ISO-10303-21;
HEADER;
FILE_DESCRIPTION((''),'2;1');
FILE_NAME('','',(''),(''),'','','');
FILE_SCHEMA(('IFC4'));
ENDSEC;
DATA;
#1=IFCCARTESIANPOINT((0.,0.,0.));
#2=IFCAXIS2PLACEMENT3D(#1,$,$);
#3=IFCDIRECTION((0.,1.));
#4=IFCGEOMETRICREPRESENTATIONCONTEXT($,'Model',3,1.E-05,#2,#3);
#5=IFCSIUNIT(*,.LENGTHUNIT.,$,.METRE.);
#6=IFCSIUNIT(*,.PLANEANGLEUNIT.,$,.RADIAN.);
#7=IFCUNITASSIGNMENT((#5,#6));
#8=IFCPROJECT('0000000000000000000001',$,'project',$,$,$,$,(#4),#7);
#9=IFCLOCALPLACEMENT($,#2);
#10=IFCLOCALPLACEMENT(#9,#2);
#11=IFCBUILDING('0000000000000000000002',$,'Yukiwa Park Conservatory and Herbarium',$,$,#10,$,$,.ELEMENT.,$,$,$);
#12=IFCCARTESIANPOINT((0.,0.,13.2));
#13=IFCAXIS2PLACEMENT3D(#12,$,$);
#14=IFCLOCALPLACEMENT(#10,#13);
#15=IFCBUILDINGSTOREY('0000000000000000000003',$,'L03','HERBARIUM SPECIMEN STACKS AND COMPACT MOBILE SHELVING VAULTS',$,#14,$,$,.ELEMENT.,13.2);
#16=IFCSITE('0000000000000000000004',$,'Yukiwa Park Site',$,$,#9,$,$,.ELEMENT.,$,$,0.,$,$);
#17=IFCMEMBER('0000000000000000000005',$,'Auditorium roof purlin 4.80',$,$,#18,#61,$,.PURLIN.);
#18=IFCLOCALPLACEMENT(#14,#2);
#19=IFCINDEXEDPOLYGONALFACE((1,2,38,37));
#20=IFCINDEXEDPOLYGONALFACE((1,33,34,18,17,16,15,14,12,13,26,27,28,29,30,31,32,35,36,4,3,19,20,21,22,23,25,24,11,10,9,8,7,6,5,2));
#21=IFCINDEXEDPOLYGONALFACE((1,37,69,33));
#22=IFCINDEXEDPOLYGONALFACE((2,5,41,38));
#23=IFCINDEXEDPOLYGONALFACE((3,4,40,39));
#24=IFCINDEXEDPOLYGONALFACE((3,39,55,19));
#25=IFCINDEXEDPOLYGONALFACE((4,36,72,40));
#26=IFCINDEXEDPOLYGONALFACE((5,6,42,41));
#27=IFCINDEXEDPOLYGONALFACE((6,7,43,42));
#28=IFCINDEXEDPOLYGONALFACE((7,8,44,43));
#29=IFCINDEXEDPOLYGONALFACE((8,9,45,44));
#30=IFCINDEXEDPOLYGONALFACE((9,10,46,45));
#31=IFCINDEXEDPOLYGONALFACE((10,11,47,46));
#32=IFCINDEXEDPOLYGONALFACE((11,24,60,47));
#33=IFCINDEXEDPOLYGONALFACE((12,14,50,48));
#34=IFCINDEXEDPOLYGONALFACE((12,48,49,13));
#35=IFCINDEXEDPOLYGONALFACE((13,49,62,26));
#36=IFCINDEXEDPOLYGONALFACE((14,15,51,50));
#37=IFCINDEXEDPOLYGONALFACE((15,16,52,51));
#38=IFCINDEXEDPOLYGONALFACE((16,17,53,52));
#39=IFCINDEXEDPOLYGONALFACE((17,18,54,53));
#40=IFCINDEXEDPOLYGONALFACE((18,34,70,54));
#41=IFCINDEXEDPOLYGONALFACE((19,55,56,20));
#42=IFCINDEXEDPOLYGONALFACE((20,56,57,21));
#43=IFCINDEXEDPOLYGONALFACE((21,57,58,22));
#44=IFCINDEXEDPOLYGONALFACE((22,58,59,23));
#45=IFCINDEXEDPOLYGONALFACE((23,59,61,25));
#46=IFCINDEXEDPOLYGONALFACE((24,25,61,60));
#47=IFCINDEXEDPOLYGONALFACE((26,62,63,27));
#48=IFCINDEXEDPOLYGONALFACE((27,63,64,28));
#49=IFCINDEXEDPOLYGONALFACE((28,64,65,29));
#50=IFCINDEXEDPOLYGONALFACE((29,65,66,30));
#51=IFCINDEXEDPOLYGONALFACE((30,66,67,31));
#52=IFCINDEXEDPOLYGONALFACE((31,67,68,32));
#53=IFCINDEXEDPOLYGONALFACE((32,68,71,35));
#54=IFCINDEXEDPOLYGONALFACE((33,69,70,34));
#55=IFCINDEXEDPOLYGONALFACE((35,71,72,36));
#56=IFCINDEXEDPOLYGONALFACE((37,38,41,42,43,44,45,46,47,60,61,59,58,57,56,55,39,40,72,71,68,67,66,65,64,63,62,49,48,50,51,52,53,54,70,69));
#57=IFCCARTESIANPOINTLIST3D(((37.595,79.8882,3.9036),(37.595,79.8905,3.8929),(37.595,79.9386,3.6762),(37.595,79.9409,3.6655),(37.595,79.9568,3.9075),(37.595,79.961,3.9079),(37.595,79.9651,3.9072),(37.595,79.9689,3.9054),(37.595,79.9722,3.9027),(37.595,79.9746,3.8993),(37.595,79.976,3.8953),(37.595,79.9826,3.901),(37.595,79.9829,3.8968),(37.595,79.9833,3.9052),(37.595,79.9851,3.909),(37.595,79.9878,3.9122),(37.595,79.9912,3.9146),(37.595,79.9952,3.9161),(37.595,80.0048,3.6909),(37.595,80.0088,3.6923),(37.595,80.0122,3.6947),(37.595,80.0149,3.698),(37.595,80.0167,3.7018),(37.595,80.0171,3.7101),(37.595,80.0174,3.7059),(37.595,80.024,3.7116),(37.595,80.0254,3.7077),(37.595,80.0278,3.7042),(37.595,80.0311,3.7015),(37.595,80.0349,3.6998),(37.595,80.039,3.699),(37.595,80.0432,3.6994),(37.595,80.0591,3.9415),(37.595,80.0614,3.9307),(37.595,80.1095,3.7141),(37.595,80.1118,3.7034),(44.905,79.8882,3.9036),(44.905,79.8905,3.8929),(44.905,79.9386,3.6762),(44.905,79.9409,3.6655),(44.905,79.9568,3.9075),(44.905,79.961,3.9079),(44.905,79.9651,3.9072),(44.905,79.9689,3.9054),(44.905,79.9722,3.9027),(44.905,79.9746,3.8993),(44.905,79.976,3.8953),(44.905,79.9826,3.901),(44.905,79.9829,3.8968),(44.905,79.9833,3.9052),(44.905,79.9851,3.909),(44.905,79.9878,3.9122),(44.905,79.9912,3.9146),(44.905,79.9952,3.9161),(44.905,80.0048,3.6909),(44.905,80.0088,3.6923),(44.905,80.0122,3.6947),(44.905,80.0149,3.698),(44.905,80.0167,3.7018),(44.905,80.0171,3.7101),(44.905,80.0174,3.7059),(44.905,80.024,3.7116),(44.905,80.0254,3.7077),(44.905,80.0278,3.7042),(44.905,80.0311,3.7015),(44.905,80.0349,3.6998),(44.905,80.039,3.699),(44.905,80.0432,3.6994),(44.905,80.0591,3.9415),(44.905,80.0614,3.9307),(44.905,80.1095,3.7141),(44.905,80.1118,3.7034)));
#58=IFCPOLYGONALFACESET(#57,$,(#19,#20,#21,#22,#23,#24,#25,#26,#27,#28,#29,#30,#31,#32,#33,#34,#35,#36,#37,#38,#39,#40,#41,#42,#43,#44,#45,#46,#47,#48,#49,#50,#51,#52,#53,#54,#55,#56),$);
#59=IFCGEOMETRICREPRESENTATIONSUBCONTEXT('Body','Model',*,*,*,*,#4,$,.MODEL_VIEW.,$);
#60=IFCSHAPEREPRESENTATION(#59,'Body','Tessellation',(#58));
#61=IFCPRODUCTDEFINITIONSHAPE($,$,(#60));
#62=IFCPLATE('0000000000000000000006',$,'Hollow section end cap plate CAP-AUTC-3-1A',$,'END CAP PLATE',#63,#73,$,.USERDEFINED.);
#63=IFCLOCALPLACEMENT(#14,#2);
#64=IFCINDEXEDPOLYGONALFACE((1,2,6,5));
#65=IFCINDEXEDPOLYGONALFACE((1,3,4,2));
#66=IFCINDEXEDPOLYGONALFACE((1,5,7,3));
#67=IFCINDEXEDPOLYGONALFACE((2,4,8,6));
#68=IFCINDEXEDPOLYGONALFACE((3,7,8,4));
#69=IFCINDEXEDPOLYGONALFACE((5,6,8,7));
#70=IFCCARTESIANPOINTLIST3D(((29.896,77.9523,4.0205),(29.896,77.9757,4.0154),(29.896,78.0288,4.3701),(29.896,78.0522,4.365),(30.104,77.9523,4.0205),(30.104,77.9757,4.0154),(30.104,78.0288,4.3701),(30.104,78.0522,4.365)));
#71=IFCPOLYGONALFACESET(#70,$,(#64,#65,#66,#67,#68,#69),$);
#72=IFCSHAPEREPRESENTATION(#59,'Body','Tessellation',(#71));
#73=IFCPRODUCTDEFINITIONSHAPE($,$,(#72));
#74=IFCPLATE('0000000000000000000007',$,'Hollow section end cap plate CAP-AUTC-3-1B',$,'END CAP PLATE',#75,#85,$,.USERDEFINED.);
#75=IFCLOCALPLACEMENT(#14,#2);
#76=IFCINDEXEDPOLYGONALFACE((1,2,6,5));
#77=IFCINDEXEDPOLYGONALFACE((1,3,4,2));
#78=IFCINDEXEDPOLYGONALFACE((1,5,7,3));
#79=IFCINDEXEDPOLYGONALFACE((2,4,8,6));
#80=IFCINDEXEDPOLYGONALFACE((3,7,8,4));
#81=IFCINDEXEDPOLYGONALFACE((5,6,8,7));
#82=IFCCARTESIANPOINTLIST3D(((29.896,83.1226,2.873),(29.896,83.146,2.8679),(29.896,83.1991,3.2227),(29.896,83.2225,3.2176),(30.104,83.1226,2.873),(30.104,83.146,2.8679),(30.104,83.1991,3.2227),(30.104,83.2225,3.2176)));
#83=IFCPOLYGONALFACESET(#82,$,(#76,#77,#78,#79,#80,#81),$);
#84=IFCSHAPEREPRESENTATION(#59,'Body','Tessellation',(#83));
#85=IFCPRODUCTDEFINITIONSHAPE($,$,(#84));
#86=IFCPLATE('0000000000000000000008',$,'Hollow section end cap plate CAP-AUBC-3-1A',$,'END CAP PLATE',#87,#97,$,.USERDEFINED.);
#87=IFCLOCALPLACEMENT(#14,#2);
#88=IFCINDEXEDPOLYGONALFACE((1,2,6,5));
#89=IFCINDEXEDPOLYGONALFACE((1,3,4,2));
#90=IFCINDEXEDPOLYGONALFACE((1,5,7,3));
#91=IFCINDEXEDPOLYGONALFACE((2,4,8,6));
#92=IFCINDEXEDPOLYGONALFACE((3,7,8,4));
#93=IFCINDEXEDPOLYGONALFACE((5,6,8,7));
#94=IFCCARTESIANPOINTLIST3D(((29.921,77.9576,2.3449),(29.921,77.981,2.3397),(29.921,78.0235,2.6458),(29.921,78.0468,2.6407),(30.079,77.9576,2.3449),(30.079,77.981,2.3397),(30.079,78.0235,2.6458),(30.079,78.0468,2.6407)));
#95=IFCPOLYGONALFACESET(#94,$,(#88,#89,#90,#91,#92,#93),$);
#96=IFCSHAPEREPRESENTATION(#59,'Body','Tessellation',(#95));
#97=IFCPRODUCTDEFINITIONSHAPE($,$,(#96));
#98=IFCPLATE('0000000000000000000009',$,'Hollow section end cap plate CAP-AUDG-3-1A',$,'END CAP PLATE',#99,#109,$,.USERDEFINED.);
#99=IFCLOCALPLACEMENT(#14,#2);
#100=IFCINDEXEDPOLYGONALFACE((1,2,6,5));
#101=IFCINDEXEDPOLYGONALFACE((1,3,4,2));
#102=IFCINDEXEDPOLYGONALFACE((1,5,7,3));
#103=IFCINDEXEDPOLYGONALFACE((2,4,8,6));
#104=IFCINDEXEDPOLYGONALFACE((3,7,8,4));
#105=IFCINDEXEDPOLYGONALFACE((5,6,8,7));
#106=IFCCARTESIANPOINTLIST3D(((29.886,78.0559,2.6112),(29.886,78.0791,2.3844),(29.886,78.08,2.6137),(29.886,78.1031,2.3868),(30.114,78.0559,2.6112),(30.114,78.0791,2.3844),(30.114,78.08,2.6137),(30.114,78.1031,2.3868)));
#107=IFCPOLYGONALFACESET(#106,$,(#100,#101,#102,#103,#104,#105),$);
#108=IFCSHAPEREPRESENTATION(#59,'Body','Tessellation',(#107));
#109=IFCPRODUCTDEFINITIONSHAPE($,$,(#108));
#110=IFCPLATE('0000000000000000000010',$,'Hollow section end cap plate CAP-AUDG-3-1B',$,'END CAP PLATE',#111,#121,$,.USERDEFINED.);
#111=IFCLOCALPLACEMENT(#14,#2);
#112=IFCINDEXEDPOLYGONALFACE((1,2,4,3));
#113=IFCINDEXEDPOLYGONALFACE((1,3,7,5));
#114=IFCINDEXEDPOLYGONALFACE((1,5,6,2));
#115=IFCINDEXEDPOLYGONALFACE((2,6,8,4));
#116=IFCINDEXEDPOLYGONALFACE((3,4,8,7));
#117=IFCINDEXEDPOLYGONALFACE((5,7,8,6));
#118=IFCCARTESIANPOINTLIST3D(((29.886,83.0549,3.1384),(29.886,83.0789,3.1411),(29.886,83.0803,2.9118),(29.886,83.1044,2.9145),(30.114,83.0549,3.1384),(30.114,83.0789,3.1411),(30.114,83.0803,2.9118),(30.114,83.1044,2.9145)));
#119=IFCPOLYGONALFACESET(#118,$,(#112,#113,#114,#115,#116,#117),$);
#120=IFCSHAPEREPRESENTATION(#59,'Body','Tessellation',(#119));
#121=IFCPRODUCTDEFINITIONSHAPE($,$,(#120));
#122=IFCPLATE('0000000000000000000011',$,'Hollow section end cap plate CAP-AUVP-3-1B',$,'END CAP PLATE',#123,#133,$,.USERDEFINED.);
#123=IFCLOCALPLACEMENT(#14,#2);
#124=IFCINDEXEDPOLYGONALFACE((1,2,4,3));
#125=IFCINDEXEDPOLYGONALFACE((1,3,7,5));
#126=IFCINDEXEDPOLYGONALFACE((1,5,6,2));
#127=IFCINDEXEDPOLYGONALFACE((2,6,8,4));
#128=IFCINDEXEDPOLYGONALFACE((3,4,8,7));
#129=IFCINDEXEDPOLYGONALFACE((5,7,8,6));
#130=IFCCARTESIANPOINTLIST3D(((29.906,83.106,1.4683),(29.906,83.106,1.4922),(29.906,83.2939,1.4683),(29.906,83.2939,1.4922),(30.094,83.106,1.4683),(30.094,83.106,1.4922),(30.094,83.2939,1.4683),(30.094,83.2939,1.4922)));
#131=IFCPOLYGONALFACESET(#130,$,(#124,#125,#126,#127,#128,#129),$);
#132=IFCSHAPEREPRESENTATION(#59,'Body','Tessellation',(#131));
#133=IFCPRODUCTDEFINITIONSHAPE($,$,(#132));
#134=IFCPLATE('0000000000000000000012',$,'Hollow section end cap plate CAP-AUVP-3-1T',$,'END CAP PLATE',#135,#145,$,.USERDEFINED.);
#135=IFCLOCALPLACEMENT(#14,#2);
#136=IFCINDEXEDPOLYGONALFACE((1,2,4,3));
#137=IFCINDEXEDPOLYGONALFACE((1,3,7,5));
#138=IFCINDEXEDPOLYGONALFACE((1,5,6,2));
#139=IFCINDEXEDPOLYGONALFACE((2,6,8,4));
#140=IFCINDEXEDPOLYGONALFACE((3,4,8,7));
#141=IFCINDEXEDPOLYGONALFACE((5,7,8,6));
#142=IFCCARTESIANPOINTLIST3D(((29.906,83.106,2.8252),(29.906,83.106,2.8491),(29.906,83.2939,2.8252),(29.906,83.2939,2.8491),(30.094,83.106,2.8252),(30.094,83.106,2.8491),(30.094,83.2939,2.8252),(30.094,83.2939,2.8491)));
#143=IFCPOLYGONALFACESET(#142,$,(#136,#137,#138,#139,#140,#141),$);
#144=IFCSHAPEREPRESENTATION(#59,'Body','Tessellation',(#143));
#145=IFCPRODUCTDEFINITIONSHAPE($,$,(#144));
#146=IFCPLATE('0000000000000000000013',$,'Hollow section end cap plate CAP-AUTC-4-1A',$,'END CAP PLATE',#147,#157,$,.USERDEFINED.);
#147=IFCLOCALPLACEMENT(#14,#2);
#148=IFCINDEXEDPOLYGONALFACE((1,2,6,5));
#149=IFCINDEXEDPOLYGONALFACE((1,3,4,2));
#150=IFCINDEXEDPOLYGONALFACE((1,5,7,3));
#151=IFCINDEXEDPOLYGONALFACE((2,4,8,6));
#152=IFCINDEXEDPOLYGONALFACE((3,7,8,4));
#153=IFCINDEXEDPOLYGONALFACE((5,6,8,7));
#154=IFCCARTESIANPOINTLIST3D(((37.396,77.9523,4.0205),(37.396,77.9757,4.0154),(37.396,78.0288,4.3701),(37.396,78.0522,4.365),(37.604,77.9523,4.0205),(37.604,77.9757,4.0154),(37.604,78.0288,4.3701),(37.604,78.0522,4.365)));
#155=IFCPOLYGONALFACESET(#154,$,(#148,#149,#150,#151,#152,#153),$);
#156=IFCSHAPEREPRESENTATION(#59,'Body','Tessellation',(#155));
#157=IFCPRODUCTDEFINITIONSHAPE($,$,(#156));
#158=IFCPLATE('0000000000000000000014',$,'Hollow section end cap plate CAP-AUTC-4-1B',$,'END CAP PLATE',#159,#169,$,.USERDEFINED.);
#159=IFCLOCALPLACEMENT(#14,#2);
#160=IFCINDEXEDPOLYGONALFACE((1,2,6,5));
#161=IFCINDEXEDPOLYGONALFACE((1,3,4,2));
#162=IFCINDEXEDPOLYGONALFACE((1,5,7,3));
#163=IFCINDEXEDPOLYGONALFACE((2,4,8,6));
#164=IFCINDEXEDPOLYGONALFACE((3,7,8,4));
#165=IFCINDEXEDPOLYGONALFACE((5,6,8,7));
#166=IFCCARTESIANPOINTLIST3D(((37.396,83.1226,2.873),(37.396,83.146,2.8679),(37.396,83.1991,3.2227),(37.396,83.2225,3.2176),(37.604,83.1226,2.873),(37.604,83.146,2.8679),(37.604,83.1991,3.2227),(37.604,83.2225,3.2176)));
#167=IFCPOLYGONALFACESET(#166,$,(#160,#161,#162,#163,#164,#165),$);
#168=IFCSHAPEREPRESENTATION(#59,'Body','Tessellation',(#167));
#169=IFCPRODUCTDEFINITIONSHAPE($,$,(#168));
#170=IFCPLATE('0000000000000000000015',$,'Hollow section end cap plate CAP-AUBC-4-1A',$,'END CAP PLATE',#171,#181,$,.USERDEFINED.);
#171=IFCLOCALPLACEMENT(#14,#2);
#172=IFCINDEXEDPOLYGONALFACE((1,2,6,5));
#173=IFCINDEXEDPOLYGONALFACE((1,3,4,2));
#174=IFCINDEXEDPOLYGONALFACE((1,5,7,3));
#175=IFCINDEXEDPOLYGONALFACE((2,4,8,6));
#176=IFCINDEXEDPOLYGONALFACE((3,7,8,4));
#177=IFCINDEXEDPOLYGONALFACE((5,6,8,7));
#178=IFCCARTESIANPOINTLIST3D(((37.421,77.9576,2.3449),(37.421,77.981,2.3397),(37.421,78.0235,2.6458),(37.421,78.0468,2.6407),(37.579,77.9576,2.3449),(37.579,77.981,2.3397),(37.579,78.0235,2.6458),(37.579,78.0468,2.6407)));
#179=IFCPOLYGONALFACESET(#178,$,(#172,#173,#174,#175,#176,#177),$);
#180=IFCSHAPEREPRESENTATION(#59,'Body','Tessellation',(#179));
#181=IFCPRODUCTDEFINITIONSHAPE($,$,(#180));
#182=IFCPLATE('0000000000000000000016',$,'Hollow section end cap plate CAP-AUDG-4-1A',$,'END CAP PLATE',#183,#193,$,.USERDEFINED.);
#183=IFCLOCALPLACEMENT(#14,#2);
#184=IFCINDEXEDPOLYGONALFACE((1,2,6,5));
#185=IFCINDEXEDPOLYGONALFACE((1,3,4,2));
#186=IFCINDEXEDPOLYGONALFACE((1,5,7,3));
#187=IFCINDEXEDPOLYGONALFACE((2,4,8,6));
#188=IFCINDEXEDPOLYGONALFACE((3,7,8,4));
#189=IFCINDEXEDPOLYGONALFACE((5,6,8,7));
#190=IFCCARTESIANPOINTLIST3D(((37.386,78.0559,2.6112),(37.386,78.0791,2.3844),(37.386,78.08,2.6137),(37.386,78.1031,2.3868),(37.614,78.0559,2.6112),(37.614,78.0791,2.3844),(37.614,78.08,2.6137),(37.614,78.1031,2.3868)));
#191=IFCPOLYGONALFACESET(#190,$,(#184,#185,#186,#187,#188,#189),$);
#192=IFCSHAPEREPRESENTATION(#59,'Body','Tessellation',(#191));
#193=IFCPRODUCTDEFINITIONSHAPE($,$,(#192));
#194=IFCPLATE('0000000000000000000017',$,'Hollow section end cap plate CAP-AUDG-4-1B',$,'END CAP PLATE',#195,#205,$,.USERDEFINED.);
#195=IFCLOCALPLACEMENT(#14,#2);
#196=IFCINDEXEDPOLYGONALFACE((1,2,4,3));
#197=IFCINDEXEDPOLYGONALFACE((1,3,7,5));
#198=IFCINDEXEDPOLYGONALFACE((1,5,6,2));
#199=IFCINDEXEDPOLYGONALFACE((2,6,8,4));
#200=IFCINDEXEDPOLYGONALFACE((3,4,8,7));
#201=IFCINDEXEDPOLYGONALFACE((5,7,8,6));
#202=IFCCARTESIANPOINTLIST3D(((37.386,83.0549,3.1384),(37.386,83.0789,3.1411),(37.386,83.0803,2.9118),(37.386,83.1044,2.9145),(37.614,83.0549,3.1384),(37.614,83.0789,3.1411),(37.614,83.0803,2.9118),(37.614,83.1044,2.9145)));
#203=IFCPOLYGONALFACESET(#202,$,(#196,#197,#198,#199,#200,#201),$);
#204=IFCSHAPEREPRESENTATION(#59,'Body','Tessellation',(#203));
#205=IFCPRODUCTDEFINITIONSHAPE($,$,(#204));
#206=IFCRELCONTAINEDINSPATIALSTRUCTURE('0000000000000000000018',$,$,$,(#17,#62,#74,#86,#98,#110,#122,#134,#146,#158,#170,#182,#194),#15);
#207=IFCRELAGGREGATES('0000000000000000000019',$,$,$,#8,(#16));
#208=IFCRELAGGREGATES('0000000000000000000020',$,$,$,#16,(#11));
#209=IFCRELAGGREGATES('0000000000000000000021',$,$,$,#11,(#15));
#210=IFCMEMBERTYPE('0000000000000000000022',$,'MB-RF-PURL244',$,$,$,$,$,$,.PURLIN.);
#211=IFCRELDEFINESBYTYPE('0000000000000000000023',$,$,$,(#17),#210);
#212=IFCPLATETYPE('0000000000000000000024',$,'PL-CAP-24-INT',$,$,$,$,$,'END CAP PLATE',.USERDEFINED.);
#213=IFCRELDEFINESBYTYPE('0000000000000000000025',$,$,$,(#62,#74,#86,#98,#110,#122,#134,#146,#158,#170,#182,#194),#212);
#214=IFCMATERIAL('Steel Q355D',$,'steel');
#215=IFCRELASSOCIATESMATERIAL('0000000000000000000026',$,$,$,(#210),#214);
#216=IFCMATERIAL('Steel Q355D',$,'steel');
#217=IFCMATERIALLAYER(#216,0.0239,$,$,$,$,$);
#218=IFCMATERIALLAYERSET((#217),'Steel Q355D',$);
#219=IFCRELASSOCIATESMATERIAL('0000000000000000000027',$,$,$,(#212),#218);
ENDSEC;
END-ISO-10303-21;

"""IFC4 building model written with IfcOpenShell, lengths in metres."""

from ifc_helpers import new_model, si_unit, direction, frame, origin, origin_2d, place, context, subcontext, project, spatial, rectangle, i_section, extrude, material, layer, layer_set, material_profile, profile_set, type_object, element, save


model = new_model("IFC4")

# Units and contexts
model_context = context("Model", 3, precision=1e-05, world=origin(), true_north=direction((0.0, 1.0)))
body_context = subcontext(model_context, "Body", "Model", "MODEL_VIEW")
ifc_project = project(units=[si_unit("LENGTHUNIT", "METRE"), si_unit("PLANEANGLEUNIT", "RADIAN")], contexts=[model_context])

# Site, building, storey
site_placement = place(None, origin())
site = spatial("IfcSite", under=ifc_project, at=site_placement, Name="Yukiwa Park Site", CompositionType="ELEMENT", RefElevation=0.0)
building_placement = place(site_placement, origin())
building = spatial("IfcBuilding", under=site, at=building_placement, Name="Yukiwa Park Conservatory and Herbarium", CompositionType="ELEMENT")
storey_placement = place(building_placement, frame((0.0, 0.0, 13.2)))
storey = spatial("IfcBuildingStorey", under=building, at=storey_placement, Name="L03", Description="HERBARIUM SPECIMEN STACKS AND COMPACT MOBILE SHELVING VAULTS", CompositionType="ELEMENT", Elevation=13.2)

# Member
ifc_material_1 = material(Name="Steel Q355D", Category="steel")
ifc_material_profile_1 = material_profile(ifc_material_1, i_section(OverallWidth=0.175, OverallDepth=0.2439, WebThickness=0.0071, FlangeThickness=0.011, FilletRadius=0.0161, at=origin_2d()), Name="HM 244x175x7x11")
ifc_profile_set_1 = profile_set([ifc_material_profile_1], Name="Steel Q355D")
member_type_1 = type_object("IfcMemberType", Name="MB-RF-PURL244", PredefinedType="PURLIN", material=ifc_profile_set_1)
for number, where, z_axis, x_axis, name in (
    (1, (37.595, 80.0, 3.8035), (1.0, 0.0, 0.0), (0.0, 0.976296, 0.21644), "Auditorium roof purlin 4.80"),
):
    element("IfcMember", number, at=place(storey_placement, frame(where, z_axis=z_axis, x_axis=x_axis)), inside=storey, type_object=member_type_1, Name=name, PredefinedType="PURLIN", context=body_context, shape_type="SweptSolid", body=[
        extrude(i_section(OverallWidth=0.175, OverallDepth=0.2439, WebThickness=0.0071, FlangeThickness=0.011, FilletRadius=0.0161, at=origin_2d()), origin(), (0.0, 0.0, 1.0), 7.3101),
    ])

# Plates
ifc_material_2 = material(Name="Steel Q355D", Category="steel")
ifc_layer = layer(ifc_material_2, 0.0239)
ifc_layer_set = layer_set([ifc_layer], Name="Steel Q355D")
plate_type = type_object("IfcPlateType", Name="PL-CAP-24-INT", ElementType="END CAP PLATE", PredefinedType="USERDEFINED", material=ifc_layer_set)
for number, where, z_axis, x_axis, name in (
    (2, (30.0, 78.0139, 4.1902), (0.0, -0.9769, 0.213697), (1.0, 0.0, 0.0), "Hollow section end cap plate CAP-AUTC-3-1A"),
    (3, (30.0, 83.1609, 3.0479), (0.0, 0.9769, -0.213697), (-1.0, 0.0, 0.0), "Hollow section end cap plate CAP-AUTC-3-1B"),
):
    element("IfcPlate", number, at=place(storey_placement, frame(where, z_axis=z_axis, x_axis=x_axis)), inside=storey, type_object=plate_type, Name=name, ObjectType="END CAP PLATE", PredefinedType="USERDEFINED", context=body_context, shape_type="SweptSolid", body=[
        extrude(rectangle(XDim=0.208, YDim=0.3579, at=origin_2d()), origin(), (0.0, 0.0, 1.0), 0.0239),
    ])
plate_1_placement = place(storey_placement, frame((30.0, 78.0139, 2.4902), z_axis=(0.0, -0.9769, 0.213697), x_axis=(1.0, 0.0, 0.0)))
element("IfcPlate", 4, at=plate_1_placement, inside=storey, type_object=plate_type, Name="Hollow section end cap plate CAP-AUBC-3-1A", ObjectType="END CAP PLATE", PredefinedType="USERDEFINED", context=body_context, shape_type="SweptSolid", body=[
    extrude(rectangle(XDim=0.158, YDim=0.3081, at=origin_2d()), origin(), (0.0, 0.0, 1.0), 0.0239),
])
for number, where, z_axis, x_axis, name in (
    (5, (30.0, 78.0916, 2.5002), (0.0, -0.994834, -0.101514), (1.0, 0.0, 0.0), "Hollow section end cap plate CAP-AUDG-3-1A"),
    (6, (30.0, 83.0676, 3.0251), (0.0, 0.993759, 0.111544), (-1.0, 0.0, 0.0), "Hollow section end cap plate CAP-AUDG-3-1B"),
):
    element("IfcPlate", number, at=place(storey_placement, frame(where, z_axis=z_axis, x_axis=x_axis)), inside=storey, type_object=plate_type, Name=name, ObjectType="END CAP PLATE", PredefinedType="USERDEFINED", context=body_context, shape_type="SweptSolid", body=[
        extrude(rectangle(XDim=0.228, YDim=0.228, at=origin_2d()), origin(), (0.0, 0.0, 1.0), 0.0242),
    ])
for number, where, z_axis, x_axis, name in (
    (7, (30.0, 83.2, 1.4922), (0.0, 0.0, -1.0), (1.0, 0.0, 0.0), "Hollow section end cap plate CAP-AUVP-3-1B"),
    (8, (30.0, 83.2, 2.8252), (0.0, 0.0, 1.0), (1.0, 0.0, 0.0), "Hollow section end cap plate CAP-AUVP-3-1T"),
):
    element("IfcPlate", number, at=place(storey_placement, frame(where, z_axis=z_axis, x_axis=x_axis)), inside=storey, type_object=plate_type, Name=name, ObjectType="END CAP PLATE", PredefinedType="USERDEFINED", context=body_context, shape_type="SweptSolid", body=[
        extrude(rectangle(XDim=0.188, YDim=0.188, at=origin_2d()), origin(), (0.0, 0.0, 1.0), 0.0239),
    ])
for number, where, z_axis, x_axis, name in (
    (9, (37.5, 78.0139, 4.1902), (0.0, -0.9769, 0.213697), (1.0, 0.0, 0.0), "Hollow section end cap plate CAP-AUTC-4-1A"),
    (10, (37.5, 83.1609, 3.0479), (0.0, 0.9769, -0.213697), (-1.0, 0.0, 0.0), "Hollow section end cap plate CAP-AUTC-4-1B"),
):
    element("IfcPlate", number, at=place(storey_placement, frame(where, z_axis=z_axis, x_axis=x_axis)), inside=storey, type_object=plate_type, Name=name, ObjectType="END CAP PLATE", PredefinedType="USERDEFINED", context=body_context, shape_type="SweptSolid", body=[
        extrude(rectangle(XDim=0.208, YDim=0.3579, at=origin_2d()), origin(), (0.0, 0.0, 1.0), 0.0239),
    ])
plate_2_placement = place(storey_placement, frame((37.5, 78.0139, 2.4902), z_axis=(0.0, -0.9769, 0.213697), x_axis=(1.0, 0.0, 0.0)))
element("IfcPlate", 11, at=plate_2_placement, inside=storey, type_object=plate_type, Name="Hollow section end cap plate CAP-AUBC-4-1A", ObjectType="END CAP PLATE", PredefinedType="USERDEFINED", context=body_context, shape_type="SweptSolid", body=[
    extrude(rectangle(XDim=0.158, YDim=0.3081, at=origin_2d()), origin(), (0.0, 0.0, 1.0), 0.0239),
])
for number, where, z_axis, x_axis, name in (
    (12, (37.5, 78.0916, 2.5002), (0.0, -0.994834, -0.101514), (1.0, 0.0, 0.0), "Hollow section end cap plate CAP-AUDG-4-1A"),
    (13, (37.5, 83.0676, 3.0251), (0.0, 0.993759, 0.111544), (-1.0, 0.0, 0.0), "Hollow section end cap plate CAP-AUDG-4-1B"),
):
    element("IfcPlate", number, at=place(storey_placement, frame(where, z_axis=z_axis, x_axis=x_axis)), inside=storey, type_object=plate_type, Name=name, ObjectType="END CAP PLATE", PredefinedType="USERDEFINED", context=body_context, shape_type="SweptSolid", body=[
        extrude(rectangle(XDim=0.228, YDim=0.228, at=origin_2d()), origin(), (0.0, 0.0, 1.0), 0.0242),
    ])

save(model, "model.ifc")
